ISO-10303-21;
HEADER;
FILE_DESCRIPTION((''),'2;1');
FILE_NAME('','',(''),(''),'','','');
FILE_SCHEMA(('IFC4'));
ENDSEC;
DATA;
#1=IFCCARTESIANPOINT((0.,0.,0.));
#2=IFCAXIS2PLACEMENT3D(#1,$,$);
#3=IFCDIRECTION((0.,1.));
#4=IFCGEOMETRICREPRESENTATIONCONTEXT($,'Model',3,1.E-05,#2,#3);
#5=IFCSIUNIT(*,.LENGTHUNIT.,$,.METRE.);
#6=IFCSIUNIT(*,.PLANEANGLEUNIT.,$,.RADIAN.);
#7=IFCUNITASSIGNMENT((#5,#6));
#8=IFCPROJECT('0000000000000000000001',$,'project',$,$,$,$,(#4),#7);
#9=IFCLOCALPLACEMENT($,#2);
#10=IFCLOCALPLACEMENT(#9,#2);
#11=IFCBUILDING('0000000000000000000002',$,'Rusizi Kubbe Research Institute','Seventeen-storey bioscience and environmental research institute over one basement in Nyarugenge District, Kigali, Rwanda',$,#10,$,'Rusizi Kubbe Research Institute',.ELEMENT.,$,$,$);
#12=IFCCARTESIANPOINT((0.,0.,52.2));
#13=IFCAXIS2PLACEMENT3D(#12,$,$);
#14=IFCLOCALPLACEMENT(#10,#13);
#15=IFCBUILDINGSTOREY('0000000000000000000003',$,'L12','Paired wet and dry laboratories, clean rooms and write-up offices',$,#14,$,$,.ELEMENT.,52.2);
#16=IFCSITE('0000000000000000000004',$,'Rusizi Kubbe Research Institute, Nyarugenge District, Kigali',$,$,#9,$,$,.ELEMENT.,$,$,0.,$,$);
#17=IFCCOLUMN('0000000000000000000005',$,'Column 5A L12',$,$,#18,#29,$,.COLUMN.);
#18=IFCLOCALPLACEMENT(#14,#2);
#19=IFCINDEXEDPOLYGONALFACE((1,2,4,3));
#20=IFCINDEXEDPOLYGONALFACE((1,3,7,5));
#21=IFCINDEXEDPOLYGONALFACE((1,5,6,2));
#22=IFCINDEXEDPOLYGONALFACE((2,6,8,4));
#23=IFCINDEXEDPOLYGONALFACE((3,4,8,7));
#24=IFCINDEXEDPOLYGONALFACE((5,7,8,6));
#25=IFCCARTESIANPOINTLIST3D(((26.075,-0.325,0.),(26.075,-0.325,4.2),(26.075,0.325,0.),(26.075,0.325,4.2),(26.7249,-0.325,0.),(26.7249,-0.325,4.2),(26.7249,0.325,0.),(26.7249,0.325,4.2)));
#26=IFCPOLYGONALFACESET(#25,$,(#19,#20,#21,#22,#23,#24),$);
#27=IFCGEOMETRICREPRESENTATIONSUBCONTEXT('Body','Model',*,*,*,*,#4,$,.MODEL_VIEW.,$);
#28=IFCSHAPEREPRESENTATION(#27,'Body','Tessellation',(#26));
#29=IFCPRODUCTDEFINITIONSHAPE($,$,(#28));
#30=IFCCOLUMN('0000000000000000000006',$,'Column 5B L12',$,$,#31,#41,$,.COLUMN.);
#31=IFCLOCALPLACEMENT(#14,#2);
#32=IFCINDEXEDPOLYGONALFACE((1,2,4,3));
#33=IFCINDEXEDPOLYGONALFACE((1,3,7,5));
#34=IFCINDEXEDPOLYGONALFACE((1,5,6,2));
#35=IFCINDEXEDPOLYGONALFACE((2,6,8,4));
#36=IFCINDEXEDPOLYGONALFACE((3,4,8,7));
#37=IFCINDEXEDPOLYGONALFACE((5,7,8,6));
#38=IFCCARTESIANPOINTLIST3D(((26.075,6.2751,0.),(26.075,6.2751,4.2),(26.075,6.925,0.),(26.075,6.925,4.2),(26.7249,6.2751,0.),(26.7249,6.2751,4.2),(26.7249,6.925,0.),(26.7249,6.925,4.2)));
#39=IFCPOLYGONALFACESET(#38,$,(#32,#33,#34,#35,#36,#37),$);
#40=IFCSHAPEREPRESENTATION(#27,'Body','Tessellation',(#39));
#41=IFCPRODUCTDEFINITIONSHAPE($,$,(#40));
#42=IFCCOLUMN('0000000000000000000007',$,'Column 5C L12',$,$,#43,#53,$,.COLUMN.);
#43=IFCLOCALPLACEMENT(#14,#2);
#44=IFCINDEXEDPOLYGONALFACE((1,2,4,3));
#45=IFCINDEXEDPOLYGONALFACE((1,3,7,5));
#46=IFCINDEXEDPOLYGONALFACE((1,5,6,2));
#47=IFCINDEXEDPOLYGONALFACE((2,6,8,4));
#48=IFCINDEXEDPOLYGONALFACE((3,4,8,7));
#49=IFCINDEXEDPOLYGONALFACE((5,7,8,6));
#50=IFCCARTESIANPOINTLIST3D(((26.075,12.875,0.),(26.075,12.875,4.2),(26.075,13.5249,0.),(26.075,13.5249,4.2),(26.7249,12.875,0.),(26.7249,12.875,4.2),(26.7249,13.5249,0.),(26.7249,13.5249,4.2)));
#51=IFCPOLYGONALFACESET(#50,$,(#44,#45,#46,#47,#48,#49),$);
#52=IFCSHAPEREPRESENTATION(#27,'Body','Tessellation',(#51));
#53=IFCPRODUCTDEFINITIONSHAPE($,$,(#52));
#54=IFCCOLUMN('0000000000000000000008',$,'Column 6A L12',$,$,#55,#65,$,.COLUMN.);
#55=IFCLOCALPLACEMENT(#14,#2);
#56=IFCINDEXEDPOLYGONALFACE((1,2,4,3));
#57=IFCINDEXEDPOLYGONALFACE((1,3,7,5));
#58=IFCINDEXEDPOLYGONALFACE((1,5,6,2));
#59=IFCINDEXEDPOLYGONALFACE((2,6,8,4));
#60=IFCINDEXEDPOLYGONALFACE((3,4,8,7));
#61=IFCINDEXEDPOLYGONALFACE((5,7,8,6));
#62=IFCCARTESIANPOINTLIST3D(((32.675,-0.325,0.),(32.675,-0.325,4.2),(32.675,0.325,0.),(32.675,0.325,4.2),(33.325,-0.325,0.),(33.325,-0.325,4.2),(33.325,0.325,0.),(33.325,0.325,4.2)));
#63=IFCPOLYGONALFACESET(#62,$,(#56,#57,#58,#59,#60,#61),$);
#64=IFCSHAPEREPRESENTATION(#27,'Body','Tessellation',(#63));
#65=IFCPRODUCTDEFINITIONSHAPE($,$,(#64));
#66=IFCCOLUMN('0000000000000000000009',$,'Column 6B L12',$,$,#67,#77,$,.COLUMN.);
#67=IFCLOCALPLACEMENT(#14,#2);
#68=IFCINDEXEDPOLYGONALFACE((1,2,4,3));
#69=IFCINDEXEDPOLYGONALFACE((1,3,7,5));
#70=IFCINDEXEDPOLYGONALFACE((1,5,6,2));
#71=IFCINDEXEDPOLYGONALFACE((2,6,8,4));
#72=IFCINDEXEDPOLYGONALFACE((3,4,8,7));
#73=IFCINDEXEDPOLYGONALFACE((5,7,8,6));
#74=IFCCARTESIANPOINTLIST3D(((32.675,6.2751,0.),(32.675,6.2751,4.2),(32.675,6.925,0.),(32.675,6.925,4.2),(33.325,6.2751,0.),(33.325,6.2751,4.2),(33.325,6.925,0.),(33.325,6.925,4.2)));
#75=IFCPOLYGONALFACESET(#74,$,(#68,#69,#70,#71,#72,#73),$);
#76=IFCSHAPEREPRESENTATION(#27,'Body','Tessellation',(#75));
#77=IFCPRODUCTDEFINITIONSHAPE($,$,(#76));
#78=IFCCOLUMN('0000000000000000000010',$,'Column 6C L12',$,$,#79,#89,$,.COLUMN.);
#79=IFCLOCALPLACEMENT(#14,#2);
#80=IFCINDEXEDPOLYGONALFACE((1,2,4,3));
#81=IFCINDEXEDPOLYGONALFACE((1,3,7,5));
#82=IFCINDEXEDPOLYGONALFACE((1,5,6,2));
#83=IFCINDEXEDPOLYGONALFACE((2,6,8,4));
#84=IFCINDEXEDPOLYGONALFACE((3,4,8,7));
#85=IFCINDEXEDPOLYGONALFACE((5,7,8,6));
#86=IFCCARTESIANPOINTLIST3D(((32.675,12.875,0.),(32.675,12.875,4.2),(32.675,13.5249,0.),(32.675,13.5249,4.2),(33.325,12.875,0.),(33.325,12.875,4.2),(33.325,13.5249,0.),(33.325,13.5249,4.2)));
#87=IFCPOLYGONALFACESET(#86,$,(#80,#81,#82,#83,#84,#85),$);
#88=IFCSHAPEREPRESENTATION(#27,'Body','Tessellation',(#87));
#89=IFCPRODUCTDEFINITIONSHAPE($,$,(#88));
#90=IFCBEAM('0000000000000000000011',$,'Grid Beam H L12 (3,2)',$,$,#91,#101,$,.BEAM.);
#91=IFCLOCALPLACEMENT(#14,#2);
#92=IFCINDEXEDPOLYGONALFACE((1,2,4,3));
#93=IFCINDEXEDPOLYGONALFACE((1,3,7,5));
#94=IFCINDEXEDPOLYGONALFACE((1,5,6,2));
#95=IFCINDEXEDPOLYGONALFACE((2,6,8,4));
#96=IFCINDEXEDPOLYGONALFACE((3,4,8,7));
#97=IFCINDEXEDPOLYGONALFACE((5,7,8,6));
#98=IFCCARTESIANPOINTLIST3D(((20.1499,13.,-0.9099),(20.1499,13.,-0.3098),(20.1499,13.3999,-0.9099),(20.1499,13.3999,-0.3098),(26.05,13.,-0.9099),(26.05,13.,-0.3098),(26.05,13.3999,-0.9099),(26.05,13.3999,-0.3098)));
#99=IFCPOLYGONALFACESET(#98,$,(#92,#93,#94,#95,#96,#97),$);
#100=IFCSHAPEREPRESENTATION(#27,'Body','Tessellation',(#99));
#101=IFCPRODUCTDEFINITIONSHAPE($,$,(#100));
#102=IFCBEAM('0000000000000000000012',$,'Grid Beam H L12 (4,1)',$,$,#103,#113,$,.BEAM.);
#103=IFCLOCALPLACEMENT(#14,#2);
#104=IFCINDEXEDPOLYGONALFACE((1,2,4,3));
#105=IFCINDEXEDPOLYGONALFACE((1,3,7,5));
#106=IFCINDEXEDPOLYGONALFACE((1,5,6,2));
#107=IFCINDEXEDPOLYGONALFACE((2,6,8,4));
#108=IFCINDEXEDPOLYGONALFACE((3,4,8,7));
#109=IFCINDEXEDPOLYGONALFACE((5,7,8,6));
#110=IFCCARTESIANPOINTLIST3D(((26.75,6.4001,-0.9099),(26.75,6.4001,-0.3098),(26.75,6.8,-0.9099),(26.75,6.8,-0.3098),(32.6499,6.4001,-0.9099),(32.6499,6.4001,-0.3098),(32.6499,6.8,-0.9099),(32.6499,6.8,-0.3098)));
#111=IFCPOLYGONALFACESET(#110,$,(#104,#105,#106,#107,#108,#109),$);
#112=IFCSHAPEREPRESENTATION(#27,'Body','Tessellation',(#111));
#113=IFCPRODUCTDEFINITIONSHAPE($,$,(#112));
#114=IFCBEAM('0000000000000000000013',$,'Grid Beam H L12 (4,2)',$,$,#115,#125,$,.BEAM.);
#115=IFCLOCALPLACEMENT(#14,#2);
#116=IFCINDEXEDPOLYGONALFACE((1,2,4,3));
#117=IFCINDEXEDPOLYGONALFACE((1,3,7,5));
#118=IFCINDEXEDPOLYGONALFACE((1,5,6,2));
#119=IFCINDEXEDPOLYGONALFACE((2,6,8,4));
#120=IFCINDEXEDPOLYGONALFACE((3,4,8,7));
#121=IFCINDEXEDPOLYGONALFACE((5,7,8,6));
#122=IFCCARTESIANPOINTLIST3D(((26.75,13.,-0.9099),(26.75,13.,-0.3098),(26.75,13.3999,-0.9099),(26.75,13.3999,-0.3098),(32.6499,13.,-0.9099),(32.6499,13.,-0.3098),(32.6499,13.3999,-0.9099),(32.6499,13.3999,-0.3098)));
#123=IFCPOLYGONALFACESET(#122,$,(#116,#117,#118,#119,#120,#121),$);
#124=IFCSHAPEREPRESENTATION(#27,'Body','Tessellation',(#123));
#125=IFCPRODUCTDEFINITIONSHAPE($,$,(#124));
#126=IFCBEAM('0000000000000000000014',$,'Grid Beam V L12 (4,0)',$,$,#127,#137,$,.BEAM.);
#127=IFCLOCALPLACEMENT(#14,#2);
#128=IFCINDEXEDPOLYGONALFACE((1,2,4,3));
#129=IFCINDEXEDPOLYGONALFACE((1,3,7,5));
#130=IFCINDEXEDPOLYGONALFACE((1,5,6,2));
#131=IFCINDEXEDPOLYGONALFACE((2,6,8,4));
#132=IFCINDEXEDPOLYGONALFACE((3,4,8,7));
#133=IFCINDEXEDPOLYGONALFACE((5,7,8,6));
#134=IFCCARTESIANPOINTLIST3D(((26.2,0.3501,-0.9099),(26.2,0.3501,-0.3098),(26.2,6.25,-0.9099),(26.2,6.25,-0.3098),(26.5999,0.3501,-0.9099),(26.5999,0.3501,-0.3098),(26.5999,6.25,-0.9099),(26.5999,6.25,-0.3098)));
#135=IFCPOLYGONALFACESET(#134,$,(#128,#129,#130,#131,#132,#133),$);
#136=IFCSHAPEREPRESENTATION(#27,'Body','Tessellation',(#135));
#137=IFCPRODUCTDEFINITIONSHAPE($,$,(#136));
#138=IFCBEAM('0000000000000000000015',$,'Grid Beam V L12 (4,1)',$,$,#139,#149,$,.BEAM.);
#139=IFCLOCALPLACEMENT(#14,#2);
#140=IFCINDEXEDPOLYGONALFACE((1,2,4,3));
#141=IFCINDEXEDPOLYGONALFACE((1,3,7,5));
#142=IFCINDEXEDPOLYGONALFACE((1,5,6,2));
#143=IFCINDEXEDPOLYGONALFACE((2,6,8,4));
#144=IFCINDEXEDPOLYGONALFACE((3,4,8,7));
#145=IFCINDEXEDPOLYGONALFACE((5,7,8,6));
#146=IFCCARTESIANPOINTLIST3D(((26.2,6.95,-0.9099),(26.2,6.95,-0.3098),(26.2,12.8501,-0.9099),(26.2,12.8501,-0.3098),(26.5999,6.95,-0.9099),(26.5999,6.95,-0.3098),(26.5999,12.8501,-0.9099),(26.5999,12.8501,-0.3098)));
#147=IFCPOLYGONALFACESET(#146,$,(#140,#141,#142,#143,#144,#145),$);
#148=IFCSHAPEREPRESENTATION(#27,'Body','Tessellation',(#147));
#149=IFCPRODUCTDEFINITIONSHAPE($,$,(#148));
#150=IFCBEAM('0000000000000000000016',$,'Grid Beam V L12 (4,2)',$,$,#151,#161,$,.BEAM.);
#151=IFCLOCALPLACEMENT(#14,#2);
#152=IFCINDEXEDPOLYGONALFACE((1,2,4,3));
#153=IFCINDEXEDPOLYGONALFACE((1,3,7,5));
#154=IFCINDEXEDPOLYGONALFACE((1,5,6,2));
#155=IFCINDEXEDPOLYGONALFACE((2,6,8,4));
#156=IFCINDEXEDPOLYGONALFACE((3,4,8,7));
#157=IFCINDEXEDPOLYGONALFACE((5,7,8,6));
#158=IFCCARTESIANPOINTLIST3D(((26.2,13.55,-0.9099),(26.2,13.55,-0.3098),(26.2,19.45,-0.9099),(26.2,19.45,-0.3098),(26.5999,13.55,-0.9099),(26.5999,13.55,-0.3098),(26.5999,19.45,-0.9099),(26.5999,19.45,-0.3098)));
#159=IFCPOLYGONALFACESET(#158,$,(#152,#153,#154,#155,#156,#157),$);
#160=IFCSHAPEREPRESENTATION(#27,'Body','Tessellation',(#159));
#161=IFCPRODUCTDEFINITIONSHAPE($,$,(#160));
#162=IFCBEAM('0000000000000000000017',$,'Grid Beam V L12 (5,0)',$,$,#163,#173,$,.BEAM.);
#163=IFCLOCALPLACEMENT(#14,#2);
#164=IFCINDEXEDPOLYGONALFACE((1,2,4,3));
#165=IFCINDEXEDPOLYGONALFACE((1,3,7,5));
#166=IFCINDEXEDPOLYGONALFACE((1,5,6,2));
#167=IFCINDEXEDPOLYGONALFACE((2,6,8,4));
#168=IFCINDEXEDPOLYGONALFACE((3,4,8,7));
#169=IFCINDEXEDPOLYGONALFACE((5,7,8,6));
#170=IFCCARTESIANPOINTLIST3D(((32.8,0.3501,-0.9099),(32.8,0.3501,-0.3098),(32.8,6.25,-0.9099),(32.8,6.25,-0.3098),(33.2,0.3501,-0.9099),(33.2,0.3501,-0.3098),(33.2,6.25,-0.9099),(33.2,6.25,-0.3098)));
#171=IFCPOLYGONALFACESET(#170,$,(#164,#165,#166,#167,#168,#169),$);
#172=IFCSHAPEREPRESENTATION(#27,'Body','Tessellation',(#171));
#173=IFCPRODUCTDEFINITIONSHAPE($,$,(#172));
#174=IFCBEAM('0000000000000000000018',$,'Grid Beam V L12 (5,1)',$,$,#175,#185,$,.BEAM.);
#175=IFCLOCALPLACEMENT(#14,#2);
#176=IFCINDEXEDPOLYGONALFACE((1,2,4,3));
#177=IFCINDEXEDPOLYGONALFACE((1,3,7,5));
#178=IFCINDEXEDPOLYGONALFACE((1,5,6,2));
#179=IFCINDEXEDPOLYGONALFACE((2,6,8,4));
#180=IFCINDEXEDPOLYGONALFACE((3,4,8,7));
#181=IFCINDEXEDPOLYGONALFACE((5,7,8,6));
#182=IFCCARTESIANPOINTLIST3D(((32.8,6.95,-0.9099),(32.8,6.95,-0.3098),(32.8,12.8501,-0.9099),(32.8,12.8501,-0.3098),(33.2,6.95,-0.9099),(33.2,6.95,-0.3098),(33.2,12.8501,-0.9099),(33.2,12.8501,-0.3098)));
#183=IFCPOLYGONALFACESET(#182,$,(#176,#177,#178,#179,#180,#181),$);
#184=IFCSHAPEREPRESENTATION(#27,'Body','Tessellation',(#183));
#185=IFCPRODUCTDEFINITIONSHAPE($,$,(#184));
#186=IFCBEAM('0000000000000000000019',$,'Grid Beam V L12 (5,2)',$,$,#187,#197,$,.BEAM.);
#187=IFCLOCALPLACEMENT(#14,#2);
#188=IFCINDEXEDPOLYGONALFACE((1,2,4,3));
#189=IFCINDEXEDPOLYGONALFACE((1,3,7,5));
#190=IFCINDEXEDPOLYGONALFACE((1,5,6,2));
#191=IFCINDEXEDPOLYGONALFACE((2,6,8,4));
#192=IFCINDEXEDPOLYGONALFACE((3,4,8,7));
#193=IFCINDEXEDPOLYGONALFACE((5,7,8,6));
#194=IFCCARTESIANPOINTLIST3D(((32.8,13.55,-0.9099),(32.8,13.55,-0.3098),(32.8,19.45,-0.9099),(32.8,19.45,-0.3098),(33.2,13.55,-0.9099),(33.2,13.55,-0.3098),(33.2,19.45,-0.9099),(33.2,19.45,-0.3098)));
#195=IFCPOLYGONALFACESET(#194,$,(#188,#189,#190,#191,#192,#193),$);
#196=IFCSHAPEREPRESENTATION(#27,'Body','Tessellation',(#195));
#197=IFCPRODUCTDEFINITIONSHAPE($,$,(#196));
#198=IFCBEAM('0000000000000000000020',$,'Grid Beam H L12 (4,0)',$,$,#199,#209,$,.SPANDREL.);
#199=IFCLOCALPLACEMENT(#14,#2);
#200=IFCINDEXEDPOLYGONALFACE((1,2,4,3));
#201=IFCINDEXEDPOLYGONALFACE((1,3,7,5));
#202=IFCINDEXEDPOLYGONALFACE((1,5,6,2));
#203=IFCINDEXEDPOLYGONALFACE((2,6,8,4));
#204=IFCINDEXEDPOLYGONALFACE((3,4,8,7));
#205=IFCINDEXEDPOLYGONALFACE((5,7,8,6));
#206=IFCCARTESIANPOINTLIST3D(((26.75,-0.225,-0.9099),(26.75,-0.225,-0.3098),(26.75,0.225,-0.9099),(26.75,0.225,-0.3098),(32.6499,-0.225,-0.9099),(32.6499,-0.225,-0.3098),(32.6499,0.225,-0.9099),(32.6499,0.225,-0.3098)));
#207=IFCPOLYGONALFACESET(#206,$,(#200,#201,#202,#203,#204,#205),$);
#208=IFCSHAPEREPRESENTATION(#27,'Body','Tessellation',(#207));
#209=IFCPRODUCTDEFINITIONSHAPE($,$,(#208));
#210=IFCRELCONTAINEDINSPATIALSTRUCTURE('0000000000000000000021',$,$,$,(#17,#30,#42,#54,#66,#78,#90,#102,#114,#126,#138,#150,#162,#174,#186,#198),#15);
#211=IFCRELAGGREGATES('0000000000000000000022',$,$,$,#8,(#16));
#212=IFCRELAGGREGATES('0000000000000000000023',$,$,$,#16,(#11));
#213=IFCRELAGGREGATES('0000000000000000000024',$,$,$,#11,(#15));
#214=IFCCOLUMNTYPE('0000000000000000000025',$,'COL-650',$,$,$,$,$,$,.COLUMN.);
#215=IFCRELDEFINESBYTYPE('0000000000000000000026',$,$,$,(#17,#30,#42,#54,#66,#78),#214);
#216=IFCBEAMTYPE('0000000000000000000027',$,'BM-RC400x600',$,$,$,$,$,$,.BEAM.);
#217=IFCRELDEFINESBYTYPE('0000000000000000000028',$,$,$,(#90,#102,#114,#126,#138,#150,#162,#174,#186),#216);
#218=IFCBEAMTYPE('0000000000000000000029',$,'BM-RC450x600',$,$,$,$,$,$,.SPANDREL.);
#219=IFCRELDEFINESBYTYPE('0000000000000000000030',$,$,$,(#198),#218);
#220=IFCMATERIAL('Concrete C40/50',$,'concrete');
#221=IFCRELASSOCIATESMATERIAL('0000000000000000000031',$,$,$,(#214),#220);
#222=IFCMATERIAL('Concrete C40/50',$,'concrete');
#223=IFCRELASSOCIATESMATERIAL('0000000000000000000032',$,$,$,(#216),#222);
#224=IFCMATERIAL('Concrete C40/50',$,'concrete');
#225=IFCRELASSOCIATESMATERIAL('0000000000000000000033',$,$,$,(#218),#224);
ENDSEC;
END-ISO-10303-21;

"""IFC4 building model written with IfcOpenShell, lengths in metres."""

from ifc_helpers import new_model, si_unit, direction, frame, origin, origin_2d, place, context, subcontext, project, spatial, rectangle, extrude, material, material_profile, profile_set, type_object, element, save


model = new_model("IFC4")

# Units and contexts
model_context = context("Model", 3, precision=1e-05, world=origin(), true_north=direction((0.0, 1.0)))
body_context = subcontext(model_context, "Body", "Model", "MODEL_VIEW")
ifc_project = project(units=[si_unit("LENGTHUNIT", "METRE"), si_unit("PLANEANGLEUNIT", "RADIAN")], contexts=[model_context])

# Site, building, storey
site_placement = place(None, origin())
site = spatial("IfcSite", under=ifc_project, at=site_placement, Name="Rusizi Kubbe Research Institute, Nyarugenge District, Kigali", CompositionType="ELEMENT", RefElevation=0.0)
building_placement = place(site_placement, origin())
building = spatial("IfcBuilding", under=site, at=building_placement, Name="Rusizi Kubbe Research Institute", Description="Seventeen-storey bioscience and environmental research institute over one basement in Nyarugenge District, Kigali, Rwanda", LongName="Rusizi Kubbe Research Institute", CompositionType="ELEMENT")
storey_placement = place(building_placement, frame((0.0, 0.0, 52.2)))
storey = spatial("IfcBuildingStorey", under=building, at=storey_placement, Name="L12", Description="Paired wet and dry laboratories, clean rooms and write-up offices", CompositionType="ELEMENT", Elevation=52.2)

# Columns
ifc_material_1 = material(Name="Concrete C40/50", Category="concrete")
ifc_material_profile_1 = material_profile(ifc_material_1, rectangle(XDim=0.6499, YDim=0.6499, at=origin_2d()), Name="RC650x650")
ifc_profile_set_1 = profile_set([ifc_material_profile_1], Name="Concrete C40/50")
column_type = type_object("IfcColumnType", Name="COL-650", PredefinedType="COLUMN", material=ifc_profile_set_1)
for number, where, z_axis, x_axis, name in (
    (1, (26.3999, 0.0, 0.0), (0.0, 0.0, 1.0), (1.0, 0.0, 0.0), "Column 5A L12"),
    (2, (26.3999, 6.6001, 0.0), (0.0, 0.0, 1.0), (1.0, 0.0, 0.0), "Column 5B L12"),
    (3, (26.3999, 13.2, 0.0), (0.0, 0.0, 1.0), (1.0, 0.0, 0.0), "Column 5C L12"),
    (4, (33.0, 0.0, 0.0), (0.0, 0.0, 1.0), (1.0, 0.0, 0.0), "Column 6A L12"),
    (5, (33.0, 6.6001, 0.0), (0.0, 0.0, 1.0), (1.0, 0.0, 0.0), "Column 6B L12"),
    (6, (33.0, 13.2, 0.0), (0.0, 0.0, 1.0), (1.0, 0.0, 0.0), "Column 6C L12"),
):
    element("IfcColumn", number, at=place(storey_placement, frame(where, z_axis=z_axis, x_axis=x_axis)), inside=storey, type_object=column_type, Name=name, PredefinedType="COLUMN", context=body_context, shape_type="SweptSolid", body=[
        extrude(rectangle(XDim=0.6499, YDim=0.6499, at=origin_2d()), origin(), (0.0, 0.0, 1.0), 4.2),
    ])

# Beams
ifc_material_2 = material(Name="Concrete C40/50", Category="concrete")
ifc_material_profile_2 = material_profile(ifc_material_2, rectangle(XDim=0.3999, YDim=0.6001, at=origin_2d()), Name="RC400x600")
ifc_profile_set_2 = profile_set([ifc_material_profile_2], Name="Concrete C40/50")
beam_type_1 = type_object("IfcBeamType", Name="BM-RC400x600", PredefinedType="BEAM", material=ifc_profile_set_2)
beam_1_placement = place(storey_placement, frame((20.1499, 13.2, -0.6099), z_axis=(1.0, 0.0, 0.0), x_axis=(0.0, 1.0, 0.0)))
element("IfcBeam", 7, at=beam_1_placement, inside=storey, type_object=beam_type_1, Name="Grid Beam H L12 (3,2)", PredefinedType="BEAM", context=body_context, shape_type="SweptSolid", body=[
    extrude(rectangle(XDim=0.3999, YDim=0.6001, at=origin_2d()), origin(), (0.0, 0.0, 1.0), 5.9001),
])
for number, where, z_axis, x_axis, name in (
    (8, (26.75, 6.6001, -0.6099), (1.0, 0.0, 0.0), (0.0, 1.0, 0.0), "Grid Beam H L12 (4,1)"),
    (9, (26.75, 13.2, -0.6099), (1.0, 0.0, 0.0), (0.0, 1.0, 0.0), "Grid Beam H L12 (4,2)"),
    (10, (26.3999, 0.3501, -0.6099), (0.0, 1.0, 0.0), (-1.0, 0.0, 0.0), "Grid Beam V L12 (4,0)"),
):
    element("IfcBeam", number, at=place(storey_placement, frame(where, z_axis=z_axis, x_axis=x_axis)), inside=storey, type_object=beam_type_1, Name=name, PredefinedType="BEAM", context=body_context, shape_type="SweptSolid", body=[
        extrude(rectangle(XDim=0.3999, YDim=0.6001, at=origin_2d()), origin(), (0.0, 0.0, 1.0), 5.8999),
    ])
beam_2_placement = place(storey_placement, frame((26.3999, 6.95, -0.6099), z_axis=(0.0, 1.0, 0.0), x_axis=(-1.0, 0.0, 0.0)))
element("IfcBeam", 11, at=beam_2_placement, inside=storey, type_object=beam_type_1, Name="Grid Beam V L12 (4,1)", PredefinedType="BEAM", context=body_context, shape_type="SweptSolid", body=[
    extrude(rectangle(XDim=0.3999, YDim=0.6001, at=origin_2d()), origin(), (0.0, 0.0, 1.0), 5.9001),
])
for number, where, z_axis, x_axis, name in (
    (12, (26.3999, 13.55, -0.6099), (0.0, 1.0, 0.0), (-1.0, 0.0, 0.0), "Grid Beam V L12 (4,2)"),
    (13, (33.0, 0.3501, -0.6099), (0.0, 1.0, 0.0), (-1.0, 0.0, 0.0), "Grid Beam V L12 (5,0)"),
):
    element("IfcBeam", number, at=place(storey_placement, frame(where, z_axis=z_axis, x_axis=x_axis)), inside=storey, type_object=beam_type_1, Name=name, PredefinedType="BEAM", context=body_context, shape_type="SweptSolid", body=[
        extrude(rectangle(XDim=0.3999, YDim=0.6001, at=origin_2d()), origin(), (0.0, 0.0, 1.0), 5.8999),
    ])
beam_3_placement = place(storey_placement, frame((33.0, 6.95, -0.6099), z_axis=(0.0, 1.0, 0.0), x_axis=(-1.0, 0.0, 0.0)))
element("IfcBeam", 14, at=beam_3_placement, inside=storey, type_object=beam_type_1, Name="Grid Beam V L12 (5,1)", PredefinedType="BEAM", context=body_context, shape_type="SweptSolid", body=[
    extrude(rectangle(XDim=0.3999, YDim=0.6001, at=origin_2d()), origin(), (0.0, 0.0, 1.0), 5.9001),
])
beam_4_placement = place(storey_placement, frame((33.0, 13.55, -0.6099), z_axis=(0.0, 1.0, 0.0), x_axis=(-1.0, 0.0, 0.0)))
element("IfcBeam", 15, at=beam_4_placement, inside=storey, type_object=beam_type_1, Name="Grid Beam V L12 (5,2)", PredefinedType="BEAM", context=body_context, shape_type="SweptSolid", body=[
    extrude(rectangle(XDim=0.3999, YDim=0.6001, at=origin_2d()), origin(), (0.0, 0.0, 1.0), 5.8999),
])
ifc_material_3 = material(Name="Concrete C40/50", Category="concrete")
ifc_material_profile_3 = material_profile(ifc_material_3, rectangle(XDim=0.45, YDim=0.6001, at=origin_2d()), Name="RC450x600")
ifc_profile_set_3 = profile_set([ifc_material_profile_3], Name="Concrete C40/50")
beam_type_2 = type_object("IfcBeamType", Name="BM-RC450x600", PredefinedType="SPANDREL", material=ifc_profile_set_3)
beam_5_placement = place(storey_placement, frame((26.75, 0.0, -0.6099), z_axis=(1.0, 0.0, 0.0), x_axis=(0.0, 1.0, 0.0)))
element("IfcBeam", 16, at=beam_5_placement, inside=storey, type_object=beam_type_2, Name="Grid Beam H L12 (4,0)", PredefinedType="SPANDREL", context=body_context, shape_type="SweptSolid", body=[
    extrude(rectangle(XDim=0.45, YDim=0.6001, at=origin_2d()), origin(), (0.0, 0.0, 1.0), 5.8999),
])

save(model, "model.ifc")
